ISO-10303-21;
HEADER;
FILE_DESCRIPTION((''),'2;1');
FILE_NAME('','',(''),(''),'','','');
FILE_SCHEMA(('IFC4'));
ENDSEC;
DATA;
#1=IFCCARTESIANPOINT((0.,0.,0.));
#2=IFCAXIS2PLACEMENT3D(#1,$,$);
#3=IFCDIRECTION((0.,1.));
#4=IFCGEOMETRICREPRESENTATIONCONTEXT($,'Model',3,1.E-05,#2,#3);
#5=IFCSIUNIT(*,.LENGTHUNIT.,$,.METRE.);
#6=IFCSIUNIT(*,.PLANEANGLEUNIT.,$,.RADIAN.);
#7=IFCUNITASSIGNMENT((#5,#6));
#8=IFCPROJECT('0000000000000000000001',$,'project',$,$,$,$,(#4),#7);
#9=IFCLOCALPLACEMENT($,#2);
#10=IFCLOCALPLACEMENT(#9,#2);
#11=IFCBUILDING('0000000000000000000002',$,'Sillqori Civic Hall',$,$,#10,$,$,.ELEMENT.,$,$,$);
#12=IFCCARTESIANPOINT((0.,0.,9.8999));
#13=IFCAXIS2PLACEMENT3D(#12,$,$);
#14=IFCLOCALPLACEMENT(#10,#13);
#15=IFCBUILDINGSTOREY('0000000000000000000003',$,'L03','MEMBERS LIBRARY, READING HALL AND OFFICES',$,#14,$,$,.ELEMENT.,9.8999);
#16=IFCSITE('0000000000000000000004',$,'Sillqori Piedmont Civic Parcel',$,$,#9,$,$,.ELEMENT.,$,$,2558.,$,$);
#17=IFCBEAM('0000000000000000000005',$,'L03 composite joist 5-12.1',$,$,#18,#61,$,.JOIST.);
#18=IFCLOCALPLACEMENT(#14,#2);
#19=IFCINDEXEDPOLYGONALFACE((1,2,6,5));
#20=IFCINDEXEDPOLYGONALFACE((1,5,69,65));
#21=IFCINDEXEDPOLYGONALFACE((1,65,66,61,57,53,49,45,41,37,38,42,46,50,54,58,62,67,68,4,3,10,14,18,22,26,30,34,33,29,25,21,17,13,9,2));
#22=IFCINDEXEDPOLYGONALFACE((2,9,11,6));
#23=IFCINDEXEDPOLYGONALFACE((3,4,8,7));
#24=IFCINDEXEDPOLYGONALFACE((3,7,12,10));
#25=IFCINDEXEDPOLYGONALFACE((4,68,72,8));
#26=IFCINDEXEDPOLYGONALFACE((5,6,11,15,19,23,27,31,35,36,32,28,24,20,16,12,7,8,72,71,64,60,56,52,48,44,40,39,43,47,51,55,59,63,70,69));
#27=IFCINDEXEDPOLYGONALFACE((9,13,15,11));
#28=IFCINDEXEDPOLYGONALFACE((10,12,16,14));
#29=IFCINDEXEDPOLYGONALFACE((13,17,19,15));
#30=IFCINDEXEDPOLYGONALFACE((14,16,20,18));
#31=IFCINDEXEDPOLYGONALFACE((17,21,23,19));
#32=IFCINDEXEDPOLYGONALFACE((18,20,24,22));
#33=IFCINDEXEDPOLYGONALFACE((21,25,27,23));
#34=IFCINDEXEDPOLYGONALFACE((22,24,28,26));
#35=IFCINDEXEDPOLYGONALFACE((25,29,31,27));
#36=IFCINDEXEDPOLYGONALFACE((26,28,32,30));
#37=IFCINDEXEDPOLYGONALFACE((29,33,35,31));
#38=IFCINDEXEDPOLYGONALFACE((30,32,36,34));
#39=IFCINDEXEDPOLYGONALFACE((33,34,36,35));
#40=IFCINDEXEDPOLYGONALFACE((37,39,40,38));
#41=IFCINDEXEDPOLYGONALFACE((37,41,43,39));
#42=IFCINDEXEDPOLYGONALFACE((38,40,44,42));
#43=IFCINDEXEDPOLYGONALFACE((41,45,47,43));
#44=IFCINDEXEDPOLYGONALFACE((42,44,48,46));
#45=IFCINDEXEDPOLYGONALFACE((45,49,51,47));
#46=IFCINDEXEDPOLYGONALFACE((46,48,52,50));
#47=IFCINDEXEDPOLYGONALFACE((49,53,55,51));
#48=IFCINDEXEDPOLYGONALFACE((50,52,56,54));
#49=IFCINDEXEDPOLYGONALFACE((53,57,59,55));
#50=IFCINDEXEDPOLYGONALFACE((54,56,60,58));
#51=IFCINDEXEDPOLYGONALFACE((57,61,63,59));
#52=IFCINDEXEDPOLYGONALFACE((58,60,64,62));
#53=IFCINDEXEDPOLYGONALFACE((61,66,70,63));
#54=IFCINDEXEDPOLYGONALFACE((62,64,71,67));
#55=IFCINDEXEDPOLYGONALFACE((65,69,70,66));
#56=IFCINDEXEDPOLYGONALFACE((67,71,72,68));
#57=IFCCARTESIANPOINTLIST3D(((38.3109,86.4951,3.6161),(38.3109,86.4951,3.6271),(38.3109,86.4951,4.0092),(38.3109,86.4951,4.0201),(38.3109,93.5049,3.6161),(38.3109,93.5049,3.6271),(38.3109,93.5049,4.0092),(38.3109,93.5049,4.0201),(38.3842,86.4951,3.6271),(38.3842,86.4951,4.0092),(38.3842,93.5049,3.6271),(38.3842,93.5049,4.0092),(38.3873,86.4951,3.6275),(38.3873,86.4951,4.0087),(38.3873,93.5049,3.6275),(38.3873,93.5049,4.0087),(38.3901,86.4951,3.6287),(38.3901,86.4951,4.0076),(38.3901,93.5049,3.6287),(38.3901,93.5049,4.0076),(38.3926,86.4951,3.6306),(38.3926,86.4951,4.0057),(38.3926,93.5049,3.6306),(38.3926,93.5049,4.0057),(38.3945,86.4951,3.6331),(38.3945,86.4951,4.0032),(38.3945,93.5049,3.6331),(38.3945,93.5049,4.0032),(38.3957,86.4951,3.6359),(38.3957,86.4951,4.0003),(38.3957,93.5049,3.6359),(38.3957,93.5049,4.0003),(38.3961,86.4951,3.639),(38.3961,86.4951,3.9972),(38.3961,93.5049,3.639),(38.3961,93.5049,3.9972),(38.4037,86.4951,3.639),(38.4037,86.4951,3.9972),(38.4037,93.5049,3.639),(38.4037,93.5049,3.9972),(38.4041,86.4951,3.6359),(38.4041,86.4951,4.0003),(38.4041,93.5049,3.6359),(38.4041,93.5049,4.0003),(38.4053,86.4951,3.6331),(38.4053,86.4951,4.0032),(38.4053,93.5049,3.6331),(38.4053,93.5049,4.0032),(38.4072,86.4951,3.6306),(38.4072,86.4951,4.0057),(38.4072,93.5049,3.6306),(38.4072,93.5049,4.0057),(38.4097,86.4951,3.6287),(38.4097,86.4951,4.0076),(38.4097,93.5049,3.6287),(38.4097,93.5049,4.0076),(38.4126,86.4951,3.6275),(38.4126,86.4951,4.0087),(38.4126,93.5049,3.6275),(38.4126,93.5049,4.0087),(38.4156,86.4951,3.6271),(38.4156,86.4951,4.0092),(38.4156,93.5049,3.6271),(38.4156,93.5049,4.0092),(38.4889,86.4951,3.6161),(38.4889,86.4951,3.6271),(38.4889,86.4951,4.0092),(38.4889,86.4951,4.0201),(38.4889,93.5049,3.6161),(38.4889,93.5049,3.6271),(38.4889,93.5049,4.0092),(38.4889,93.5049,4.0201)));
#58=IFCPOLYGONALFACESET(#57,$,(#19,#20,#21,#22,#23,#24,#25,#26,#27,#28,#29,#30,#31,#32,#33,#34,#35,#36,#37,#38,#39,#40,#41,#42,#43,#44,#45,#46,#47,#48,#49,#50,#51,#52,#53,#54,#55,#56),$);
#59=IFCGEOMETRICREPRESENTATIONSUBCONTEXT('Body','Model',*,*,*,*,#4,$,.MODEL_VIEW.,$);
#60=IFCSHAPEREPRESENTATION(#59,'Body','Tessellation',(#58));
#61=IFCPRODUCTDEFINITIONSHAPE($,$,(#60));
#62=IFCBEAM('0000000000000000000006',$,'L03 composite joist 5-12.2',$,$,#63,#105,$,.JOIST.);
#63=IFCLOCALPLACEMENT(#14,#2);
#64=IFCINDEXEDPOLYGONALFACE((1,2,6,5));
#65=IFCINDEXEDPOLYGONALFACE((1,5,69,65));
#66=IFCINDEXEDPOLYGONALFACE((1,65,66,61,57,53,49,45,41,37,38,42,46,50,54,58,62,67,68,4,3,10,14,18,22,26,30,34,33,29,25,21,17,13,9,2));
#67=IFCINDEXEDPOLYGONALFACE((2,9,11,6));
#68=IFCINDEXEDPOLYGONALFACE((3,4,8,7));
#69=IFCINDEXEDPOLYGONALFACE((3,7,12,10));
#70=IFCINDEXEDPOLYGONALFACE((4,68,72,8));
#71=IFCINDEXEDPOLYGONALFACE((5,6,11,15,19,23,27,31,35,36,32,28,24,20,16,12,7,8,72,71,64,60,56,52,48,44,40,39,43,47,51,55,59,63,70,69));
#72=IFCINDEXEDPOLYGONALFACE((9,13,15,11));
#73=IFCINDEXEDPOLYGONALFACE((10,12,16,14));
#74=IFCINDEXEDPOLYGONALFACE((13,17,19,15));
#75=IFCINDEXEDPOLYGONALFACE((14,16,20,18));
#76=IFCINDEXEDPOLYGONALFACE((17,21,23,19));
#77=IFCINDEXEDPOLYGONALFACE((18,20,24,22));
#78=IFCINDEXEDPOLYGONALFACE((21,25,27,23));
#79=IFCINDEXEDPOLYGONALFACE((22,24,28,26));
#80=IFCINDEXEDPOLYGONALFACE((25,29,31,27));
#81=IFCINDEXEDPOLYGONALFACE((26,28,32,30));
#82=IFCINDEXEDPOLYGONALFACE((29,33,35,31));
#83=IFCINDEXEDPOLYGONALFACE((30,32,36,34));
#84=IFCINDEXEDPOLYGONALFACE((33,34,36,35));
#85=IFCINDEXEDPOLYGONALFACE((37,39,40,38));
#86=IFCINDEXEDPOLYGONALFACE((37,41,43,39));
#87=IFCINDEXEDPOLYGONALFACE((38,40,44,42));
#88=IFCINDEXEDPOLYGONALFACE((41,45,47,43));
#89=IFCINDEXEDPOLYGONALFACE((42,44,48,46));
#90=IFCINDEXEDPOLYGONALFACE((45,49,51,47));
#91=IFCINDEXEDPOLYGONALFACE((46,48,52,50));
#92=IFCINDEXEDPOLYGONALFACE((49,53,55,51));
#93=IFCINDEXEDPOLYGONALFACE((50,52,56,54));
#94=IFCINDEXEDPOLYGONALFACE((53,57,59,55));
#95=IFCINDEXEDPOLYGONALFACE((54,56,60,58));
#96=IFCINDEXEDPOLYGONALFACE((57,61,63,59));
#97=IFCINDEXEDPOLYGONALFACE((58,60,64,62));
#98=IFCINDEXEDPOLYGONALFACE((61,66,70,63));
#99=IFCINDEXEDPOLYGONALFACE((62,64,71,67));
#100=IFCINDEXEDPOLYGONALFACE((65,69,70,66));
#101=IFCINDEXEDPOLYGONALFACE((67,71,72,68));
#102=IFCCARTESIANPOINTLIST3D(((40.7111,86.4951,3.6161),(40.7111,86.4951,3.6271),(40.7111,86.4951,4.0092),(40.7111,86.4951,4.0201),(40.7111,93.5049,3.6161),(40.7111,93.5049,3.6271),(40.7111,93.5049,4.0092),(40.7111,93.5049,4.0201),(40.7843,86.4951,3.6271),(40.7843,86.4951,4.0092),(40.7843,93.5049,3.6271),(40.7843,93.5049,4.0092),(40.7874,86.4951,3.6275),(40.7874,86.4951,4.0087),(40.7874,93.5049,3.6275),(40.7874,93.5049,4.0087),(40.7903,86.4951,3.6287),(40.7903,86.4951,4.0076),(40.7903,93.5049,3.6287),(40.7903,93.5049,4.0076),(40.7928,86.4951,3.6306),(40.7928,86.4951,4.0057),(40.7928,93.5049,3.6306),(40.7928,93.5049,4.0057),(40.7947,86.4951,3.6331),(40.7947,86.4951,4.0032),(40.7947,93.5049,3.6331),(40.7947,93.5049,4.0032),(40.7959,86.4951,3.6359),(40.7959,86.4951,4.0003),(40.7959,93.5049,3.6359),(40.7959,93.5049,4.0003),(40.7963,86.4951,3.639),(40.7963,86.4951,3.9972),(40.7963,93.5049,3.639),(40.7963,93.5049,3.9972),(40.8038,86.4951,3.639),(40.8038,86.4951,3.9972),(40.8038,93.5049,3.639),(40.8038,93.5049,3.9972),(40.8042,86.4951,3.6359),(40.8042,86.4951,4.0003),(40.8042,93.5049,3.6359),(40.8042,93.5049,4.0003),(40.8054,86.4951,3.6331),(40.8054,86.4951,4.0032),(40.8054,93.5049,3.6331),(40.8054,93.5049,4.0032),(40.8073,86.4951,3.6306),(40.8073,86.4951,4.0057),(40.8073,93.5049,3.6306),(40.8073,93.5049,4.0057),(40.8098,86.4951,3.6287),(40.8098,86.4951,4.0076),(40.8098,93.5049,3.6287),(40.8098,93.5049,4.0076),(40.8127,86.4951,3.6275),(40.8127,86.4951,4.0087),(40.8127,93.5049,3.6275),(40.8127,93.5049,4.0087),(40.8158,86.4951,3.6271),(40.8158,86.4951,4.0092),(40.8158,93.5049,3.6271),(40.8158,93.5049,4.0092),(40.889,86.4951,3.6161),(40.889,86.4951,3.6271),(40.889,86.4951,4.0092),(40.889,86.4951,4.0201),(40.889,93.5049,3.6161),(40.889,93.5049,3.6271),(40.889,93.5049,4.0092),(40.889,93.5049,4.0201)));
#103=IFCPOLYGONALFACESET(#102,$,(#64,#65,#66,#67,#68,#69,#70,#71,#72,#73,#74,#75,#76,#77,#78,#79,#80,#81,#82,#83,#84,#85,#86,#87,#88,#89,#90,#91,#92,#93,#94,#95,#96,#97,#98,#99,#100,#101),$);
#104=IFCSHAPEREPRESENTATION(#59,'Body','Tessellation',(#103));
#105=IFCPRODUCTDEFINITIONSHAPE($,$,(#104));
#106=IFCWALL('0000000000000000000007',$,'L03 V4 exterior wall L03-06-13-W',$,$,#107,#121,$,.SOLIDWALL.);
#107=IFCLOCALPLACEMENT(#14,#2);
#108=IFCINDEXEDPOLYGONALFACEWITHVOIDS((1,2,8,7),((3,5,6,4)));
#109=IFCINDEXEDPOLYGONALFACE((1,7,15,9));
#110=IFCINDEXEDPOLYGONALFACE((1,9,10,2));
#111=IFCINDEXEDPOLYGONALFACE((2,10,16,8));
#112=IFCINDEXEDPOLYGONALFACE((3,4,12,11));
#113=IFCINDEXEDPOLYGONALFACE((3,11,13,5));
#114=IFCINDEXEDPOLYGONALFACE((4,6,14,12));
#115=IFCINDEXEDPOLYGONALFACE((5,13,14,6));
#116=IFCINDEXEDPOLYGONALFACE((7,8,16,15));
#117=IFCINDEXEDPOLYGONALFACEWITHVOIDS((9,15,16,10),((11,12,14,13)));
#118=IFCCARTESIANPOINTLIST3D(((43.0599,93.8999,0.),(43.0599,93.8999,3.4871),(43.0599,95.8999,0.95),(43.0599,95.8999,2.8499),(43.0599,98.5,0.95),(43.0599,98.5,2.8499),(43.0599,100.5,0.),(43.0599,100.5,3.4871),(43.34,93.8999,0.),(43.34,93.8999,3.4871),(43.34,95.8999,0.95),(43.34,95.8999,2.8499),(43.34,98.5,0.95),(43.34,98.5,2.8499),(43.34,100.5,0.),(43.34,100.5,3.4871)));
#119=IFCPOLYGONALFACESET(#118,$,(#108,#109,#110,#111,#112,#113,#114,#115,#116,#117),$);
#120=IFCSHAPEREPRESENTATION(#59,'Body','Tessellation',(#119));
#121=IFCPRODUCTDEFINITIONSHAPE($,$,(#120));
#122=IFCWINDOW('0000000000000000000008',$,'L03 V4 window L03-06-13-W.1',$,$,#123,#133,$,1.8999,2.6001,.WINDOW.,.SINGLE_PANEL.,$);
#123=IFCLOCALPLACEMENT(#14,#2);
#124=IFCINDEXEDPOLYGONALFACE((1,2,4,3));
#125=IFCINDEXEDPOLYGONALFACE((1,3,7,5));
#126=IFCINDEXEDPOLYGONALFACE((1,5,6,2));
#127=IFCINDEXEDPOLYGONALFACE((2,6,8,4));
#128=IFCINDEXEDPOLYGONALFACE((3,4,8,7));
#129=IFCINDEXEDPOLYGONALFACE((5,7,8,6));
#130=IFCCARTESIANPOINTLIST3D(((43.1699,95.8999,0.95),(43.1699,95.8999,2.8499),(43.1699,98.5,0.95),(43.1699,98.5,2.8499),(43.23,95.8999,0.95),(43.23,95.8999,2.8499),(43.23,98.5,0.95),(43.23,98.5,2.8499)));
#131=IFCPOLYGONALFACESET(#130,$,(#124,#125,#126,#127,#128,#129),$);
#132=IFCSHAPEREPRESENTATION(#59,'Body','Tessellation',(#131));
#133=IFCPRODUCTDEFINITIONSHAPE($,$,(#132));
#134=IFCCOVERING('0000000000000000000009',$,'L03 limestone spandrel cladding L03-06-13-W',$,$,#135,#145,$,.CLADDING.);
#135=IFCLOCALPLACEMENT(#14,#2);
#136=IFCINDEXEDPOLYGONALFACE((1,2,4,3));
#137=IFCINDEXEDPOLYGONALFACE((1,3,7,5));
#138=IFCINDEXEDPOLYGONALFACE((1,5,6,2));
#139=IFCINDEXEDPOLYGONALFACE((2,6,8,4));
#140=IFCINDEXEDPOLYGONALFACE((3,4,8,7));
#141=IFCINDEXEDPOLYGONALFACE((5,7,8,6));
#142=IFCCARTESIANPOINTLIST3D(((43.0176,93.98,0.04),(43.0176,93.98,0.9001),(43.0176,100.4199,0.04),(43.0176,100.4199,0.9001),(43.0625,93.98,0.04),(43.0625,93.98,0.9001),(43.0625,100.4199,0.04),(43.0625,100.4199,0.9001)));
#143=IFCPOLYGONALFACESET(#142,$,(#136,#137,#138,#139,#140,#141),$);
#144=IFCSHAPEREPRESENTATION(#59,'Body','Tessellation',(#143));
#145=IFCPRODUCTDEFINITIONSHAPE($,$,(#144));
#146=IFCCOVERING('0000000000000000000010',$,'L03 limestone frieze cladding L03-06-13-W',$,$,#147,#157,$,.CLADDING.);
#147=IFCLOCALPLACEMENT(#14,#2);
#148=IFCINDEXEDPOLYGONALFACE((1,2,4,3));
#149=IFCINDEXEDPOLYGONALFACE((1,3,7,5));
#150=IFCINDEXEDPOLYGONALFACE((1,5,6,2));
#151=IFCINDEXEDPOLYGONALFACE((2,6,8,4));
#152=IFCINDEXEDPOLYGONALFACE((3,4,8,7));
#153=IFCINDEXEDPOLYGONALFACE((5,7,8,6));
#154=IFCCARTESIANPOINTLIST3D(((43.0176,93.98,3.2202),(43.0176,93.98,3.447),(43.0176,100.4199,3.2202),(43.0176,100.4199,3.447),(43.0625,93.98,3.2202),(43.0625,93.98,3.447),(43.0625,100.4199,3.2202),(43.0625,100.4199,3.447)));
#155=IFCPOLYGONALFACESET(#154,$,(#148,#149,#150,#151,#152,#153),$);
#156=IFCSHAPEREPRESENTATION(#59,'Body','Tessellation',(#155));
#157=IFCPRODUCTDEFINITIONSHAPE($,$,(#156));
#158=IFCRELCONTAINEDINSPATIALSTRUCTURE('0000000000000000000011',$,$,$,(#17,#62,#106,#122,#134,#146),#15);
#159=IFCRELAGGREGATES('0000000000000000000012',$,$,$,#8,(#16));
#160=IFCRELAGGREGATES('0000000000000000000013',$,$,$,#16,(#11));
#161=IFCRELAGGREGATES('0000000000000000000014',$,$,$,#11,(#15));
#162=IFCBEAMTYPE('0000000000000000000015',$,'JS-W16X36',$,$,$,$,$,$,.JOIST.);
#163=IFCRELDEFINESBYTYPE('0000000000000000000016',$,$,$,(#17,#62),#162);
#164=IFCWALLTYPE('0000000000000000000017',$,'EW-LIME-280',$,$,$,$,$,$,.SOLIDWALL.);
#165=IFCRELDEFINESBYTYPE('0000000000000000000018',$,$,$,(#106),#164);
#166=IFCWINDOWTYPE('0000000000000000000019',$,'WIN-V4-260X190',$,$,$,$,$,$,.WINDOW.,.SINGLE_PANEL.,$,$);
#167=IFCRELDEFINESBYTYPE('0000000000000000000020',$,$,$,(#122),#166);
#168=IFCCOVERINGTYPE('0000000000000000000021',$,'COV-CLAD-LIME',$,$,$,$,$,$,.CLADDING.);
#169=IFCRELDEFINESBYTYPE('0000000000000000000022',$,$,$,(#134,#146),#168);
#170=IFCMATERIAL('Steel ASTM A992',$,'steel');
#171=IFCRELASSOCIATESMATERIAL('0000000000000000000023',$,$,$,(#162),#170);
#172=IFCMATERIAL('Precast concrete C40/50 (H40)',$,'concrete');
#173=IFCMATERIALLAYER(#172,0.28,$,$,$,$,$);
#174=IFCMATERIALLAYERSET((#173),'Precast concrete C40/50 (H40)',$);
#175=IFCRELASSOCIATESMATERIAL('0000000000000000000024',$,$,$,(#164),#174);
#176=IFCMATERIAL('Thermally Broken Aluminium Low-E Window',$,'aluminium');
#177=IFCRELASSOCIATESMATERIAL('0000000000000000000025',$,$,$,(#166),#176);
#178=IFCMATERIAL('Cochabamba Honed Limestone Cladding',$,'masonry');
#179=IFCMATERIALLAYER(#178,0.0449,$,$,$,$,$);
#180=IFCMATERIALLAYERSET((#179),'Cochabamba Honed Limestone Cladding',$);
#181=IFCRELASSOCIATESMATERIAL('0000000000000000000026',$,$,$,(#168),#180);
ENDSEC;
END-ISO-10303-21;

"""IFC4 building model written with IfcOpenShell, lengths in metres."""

from ifc_helpers import new_model, si_unit, direction, frame, frame_2d, origin, origin_2d, place, context, subcontext, project, spatial, rectangle, i_section, extrude, material, layer, layer_set, material_profile, profile_set, type_object, element, fill, save


model = new_model("IFC4")

# Units and contexts
model_context = context("Model", 3, precision=1e-05, world=origin(), true_north=direction((0.0, 1.0)))
body_context = subcontext(model_context, "Body", "Model", "MODEL_VIEW")
ifc_project = project(units=[si_unit("LENGTHUNIT", "METRE"), si_unit("PLANEANGLEUNIT", "RADIAN")], contexts=[model_context])

# Site, building, storey
site_placement = place(None, origin())
site = spatial("IfcSite", under=ifc_project, at=site_placement, Name="Sillqori Piedmont Civic Parcel", CompositionType="ELEMENT", RefElevation=2558.0)
building_placement = place(site_placement, origin())
building = spatial("IfcBuilding", under=site, at=building_placement, Name="Sillqori Civic Hall", CompositionType="ELEMENT")
storey_placement = place(building_placement, frame((0.0, 0.0, 9.8999)))
storey = spatial("IfcBuildingStorey", under=building, at=storey_placement, Name="L03", Description="MEMBERS LIBRARY, READING HALL AND OFFICES", CompositionType="ELEMENT", Elevation=9.8999)

# Beams
ifc_material_1 = material(Name="Steel ASTM A992", Category="steel")
ifc_material_profile_1 = material_profile(ifc_material_1, i_section(OverallWidth=0.178, OverallDepth=0.4041, WebThickness=0.0076, FlangeThickness=0.011, FilletRadius=0.012, at=origin_2d()), Name="W16X36")
ifc_profile_set_1 = profile_set([ifc_material_profile_1], Name="Steel ASTM A992")
beam_type_1 = type_object("IfcBeamType", Name="JS-W16X36", PredefinedType="JOIST", material=ifc_profile_set_1)
for number, where, z_axis, x_axis, name in (
    (1, (38.3999, 86.4951, 3.8181), (0.0, 1.0, 0.0), (-1.0, 0.0, 0.0), "L03 composite joist 5-12.1"),
    (2, (40.8, 86.4951, 3.8181), (0.0, 1.0, 0.0), (-1.0, 0.0, 0.0), "L03 composite joist 5-12.2"),
):
    element("IfcBeam", number, at=place(storey_placement, frame(where, z_axis=z_axis, x_axis=x_axis)), inside=storey, type_object=beam_type_1, Name=name, PredefinedType="JOIST", context=body_context, shape_type="SweptSolid", body=[
        extrude(i_section(OverallWidth=0.178, OverallDepth=0.4041, WebThickness=0.0076, FlangeThickness=0.011, FilletRadius=0.012, at=origin_2d()), origin(), (0.0, 0.0, 1.0), 7.0098),
    ])

# Wall, opening, window
ifc_material_2 = material(Name="Precast concrete C40/50 (H40)", Category="concrete")
ifc_layer_1 = layer(ifc_material_2, 0.28)
ifc_layer_set_1 = layer_set([ifc_layer_1], Name="Precast concrete C40/50 (H40)")
wall_type = type_object("IfcWallType", Name="EW-LIME-280", PredefinedType="SOLIDWALL", material=ifc_layer_set_1)
wall_placement = place(storey_placement, frame((43.2, 93.8999, 0.0), z_axis=(0.0, 0.0, 1.0), x_axis=(0.0, 1.0, 0.0)))
wall = element("IfcWall", 3, at=wall_placement, inside=storey, type_object=wall_type, Name="L03 V4 exterior wall L03-06-13-W", PredefinedType="SOLIDWALL", context=body_context, shape_type="SweptSolid", body=[
    extrude(rectangle(XDim=6.6001, YDim=0.28, at=frame_2d((3.3, 0.0))), origin(), (0.0, 0.0, 1.0), 3.4871),
])
opening_placement = place(wall_placement, frame((2.0, 0.0, 0.95)))
opening = element("IfcOpeningElement", 4, at=opening_placement, cuts=wall, PredefinedType="OPENING", context=body_context, shape_type="SweptSolid", body=[
    extrude(rectangle(XDim=2.6001, YDim=1.8999, at=frame_2d((1.3, 0.95))), frame((0.0, 0.1499, 0.0), z_axis=(0.0, -1.0, 0.0), x_axis=(1.0, 0.0, 0.0)), (0.0, 0.0, 1.0), 0.3),
])
ifc_material_3 = material(Name="Thermally Broken Aluminium Low-E Window", Category="aluminium")
window_type = type_object("IfcWindowType", Name="WIN-V4-260X190", PartitioningType="SINGLE_PANEL", PredefinedType="WINDOW", material=ifc_material_3)
window_placement = place(opening_placement, origin())
window = element("IfcWindow", 5, at=window_placement, inside=storey, type_object=window_type, Name="L03 V4 window L03-06-13-W.1", OverallHeight=1.8999, OverallWidth=2.6001, PartitioningType="SINGLE_PANEL", PredefinedType="WINDOW", context=body_context, shape_type="SweptSolid", body=[
    extrude(rectangle(XDim=2.6001, YDim=1.8999, at=frame_2d((1.3, 0.95))), frame((0.0, 0.03, 0.0), z_axis=(0.0, -1.0, 0.0), x_axis=(1.0, 0.0, 0.0)), (0.0, 0.0, 1.0), 0.0601),
])
fill(opening, window)

# Coverings
ifc_material_4 = material(Name="Cochabamba Honed Limestone Cladding", Category="masonry")
ifc_layer_2 = layer(ifc_material_4, 0.0449)
ifc_layer_set_2 = layer_set([ifc_layer_2], Name="Cochabamba Honed Limestone Cladding")
covering_type = type_object("IfcCoveringType", Name="COV-CLAD-LIME", PredefinedType="CLADDING", material=ifc_layer_set_2)
covering_1_placement = place(storey_placement, frame((43.04, 93.98, 0.04), z_axis=(0.0, 0.0, 1.0), x_axis=(0.0, 1.0, 0.0)))
element("IfcCovering", 6, at=covering_1_placement, inside=storey, type_object=covering_type, Name="L03 limestone spandrel cladding L03-06-13-W", PredefinedType="CLADDING", context=body_context, shape_type="SweptSolid", body=[
    extrude(rectangle(XDim=6.4399, YDim=0.0449, at=frame_2d((3.22, 0.0))), origin(), (0.0, 0.0, 1.0), 0.8601),
])
covering_2_placement = place(storey_placement, frame((43.04, 93.98, 3.2202), z_axis=(0.0, 0.0, 1.0), x_axis=(0.0, 1.0, 0.0)))
element("IfcCovering", 7, at=covering_2_placement, inside=storey, type_object=covering_type, Name="L03 limestone frieze cladding L03-06-13-W", PredefinedType="CLADDING", context=body_context, shape_type="SweptSolid", body=[
    extrude(rectangle(XDim=6.4399, YDim=0.0449, at=frame_2d((3.22, 0.0))), origin(), (0.0, 0.0, 1.0), 0.2268),
])

save(model, "model.ifc")
